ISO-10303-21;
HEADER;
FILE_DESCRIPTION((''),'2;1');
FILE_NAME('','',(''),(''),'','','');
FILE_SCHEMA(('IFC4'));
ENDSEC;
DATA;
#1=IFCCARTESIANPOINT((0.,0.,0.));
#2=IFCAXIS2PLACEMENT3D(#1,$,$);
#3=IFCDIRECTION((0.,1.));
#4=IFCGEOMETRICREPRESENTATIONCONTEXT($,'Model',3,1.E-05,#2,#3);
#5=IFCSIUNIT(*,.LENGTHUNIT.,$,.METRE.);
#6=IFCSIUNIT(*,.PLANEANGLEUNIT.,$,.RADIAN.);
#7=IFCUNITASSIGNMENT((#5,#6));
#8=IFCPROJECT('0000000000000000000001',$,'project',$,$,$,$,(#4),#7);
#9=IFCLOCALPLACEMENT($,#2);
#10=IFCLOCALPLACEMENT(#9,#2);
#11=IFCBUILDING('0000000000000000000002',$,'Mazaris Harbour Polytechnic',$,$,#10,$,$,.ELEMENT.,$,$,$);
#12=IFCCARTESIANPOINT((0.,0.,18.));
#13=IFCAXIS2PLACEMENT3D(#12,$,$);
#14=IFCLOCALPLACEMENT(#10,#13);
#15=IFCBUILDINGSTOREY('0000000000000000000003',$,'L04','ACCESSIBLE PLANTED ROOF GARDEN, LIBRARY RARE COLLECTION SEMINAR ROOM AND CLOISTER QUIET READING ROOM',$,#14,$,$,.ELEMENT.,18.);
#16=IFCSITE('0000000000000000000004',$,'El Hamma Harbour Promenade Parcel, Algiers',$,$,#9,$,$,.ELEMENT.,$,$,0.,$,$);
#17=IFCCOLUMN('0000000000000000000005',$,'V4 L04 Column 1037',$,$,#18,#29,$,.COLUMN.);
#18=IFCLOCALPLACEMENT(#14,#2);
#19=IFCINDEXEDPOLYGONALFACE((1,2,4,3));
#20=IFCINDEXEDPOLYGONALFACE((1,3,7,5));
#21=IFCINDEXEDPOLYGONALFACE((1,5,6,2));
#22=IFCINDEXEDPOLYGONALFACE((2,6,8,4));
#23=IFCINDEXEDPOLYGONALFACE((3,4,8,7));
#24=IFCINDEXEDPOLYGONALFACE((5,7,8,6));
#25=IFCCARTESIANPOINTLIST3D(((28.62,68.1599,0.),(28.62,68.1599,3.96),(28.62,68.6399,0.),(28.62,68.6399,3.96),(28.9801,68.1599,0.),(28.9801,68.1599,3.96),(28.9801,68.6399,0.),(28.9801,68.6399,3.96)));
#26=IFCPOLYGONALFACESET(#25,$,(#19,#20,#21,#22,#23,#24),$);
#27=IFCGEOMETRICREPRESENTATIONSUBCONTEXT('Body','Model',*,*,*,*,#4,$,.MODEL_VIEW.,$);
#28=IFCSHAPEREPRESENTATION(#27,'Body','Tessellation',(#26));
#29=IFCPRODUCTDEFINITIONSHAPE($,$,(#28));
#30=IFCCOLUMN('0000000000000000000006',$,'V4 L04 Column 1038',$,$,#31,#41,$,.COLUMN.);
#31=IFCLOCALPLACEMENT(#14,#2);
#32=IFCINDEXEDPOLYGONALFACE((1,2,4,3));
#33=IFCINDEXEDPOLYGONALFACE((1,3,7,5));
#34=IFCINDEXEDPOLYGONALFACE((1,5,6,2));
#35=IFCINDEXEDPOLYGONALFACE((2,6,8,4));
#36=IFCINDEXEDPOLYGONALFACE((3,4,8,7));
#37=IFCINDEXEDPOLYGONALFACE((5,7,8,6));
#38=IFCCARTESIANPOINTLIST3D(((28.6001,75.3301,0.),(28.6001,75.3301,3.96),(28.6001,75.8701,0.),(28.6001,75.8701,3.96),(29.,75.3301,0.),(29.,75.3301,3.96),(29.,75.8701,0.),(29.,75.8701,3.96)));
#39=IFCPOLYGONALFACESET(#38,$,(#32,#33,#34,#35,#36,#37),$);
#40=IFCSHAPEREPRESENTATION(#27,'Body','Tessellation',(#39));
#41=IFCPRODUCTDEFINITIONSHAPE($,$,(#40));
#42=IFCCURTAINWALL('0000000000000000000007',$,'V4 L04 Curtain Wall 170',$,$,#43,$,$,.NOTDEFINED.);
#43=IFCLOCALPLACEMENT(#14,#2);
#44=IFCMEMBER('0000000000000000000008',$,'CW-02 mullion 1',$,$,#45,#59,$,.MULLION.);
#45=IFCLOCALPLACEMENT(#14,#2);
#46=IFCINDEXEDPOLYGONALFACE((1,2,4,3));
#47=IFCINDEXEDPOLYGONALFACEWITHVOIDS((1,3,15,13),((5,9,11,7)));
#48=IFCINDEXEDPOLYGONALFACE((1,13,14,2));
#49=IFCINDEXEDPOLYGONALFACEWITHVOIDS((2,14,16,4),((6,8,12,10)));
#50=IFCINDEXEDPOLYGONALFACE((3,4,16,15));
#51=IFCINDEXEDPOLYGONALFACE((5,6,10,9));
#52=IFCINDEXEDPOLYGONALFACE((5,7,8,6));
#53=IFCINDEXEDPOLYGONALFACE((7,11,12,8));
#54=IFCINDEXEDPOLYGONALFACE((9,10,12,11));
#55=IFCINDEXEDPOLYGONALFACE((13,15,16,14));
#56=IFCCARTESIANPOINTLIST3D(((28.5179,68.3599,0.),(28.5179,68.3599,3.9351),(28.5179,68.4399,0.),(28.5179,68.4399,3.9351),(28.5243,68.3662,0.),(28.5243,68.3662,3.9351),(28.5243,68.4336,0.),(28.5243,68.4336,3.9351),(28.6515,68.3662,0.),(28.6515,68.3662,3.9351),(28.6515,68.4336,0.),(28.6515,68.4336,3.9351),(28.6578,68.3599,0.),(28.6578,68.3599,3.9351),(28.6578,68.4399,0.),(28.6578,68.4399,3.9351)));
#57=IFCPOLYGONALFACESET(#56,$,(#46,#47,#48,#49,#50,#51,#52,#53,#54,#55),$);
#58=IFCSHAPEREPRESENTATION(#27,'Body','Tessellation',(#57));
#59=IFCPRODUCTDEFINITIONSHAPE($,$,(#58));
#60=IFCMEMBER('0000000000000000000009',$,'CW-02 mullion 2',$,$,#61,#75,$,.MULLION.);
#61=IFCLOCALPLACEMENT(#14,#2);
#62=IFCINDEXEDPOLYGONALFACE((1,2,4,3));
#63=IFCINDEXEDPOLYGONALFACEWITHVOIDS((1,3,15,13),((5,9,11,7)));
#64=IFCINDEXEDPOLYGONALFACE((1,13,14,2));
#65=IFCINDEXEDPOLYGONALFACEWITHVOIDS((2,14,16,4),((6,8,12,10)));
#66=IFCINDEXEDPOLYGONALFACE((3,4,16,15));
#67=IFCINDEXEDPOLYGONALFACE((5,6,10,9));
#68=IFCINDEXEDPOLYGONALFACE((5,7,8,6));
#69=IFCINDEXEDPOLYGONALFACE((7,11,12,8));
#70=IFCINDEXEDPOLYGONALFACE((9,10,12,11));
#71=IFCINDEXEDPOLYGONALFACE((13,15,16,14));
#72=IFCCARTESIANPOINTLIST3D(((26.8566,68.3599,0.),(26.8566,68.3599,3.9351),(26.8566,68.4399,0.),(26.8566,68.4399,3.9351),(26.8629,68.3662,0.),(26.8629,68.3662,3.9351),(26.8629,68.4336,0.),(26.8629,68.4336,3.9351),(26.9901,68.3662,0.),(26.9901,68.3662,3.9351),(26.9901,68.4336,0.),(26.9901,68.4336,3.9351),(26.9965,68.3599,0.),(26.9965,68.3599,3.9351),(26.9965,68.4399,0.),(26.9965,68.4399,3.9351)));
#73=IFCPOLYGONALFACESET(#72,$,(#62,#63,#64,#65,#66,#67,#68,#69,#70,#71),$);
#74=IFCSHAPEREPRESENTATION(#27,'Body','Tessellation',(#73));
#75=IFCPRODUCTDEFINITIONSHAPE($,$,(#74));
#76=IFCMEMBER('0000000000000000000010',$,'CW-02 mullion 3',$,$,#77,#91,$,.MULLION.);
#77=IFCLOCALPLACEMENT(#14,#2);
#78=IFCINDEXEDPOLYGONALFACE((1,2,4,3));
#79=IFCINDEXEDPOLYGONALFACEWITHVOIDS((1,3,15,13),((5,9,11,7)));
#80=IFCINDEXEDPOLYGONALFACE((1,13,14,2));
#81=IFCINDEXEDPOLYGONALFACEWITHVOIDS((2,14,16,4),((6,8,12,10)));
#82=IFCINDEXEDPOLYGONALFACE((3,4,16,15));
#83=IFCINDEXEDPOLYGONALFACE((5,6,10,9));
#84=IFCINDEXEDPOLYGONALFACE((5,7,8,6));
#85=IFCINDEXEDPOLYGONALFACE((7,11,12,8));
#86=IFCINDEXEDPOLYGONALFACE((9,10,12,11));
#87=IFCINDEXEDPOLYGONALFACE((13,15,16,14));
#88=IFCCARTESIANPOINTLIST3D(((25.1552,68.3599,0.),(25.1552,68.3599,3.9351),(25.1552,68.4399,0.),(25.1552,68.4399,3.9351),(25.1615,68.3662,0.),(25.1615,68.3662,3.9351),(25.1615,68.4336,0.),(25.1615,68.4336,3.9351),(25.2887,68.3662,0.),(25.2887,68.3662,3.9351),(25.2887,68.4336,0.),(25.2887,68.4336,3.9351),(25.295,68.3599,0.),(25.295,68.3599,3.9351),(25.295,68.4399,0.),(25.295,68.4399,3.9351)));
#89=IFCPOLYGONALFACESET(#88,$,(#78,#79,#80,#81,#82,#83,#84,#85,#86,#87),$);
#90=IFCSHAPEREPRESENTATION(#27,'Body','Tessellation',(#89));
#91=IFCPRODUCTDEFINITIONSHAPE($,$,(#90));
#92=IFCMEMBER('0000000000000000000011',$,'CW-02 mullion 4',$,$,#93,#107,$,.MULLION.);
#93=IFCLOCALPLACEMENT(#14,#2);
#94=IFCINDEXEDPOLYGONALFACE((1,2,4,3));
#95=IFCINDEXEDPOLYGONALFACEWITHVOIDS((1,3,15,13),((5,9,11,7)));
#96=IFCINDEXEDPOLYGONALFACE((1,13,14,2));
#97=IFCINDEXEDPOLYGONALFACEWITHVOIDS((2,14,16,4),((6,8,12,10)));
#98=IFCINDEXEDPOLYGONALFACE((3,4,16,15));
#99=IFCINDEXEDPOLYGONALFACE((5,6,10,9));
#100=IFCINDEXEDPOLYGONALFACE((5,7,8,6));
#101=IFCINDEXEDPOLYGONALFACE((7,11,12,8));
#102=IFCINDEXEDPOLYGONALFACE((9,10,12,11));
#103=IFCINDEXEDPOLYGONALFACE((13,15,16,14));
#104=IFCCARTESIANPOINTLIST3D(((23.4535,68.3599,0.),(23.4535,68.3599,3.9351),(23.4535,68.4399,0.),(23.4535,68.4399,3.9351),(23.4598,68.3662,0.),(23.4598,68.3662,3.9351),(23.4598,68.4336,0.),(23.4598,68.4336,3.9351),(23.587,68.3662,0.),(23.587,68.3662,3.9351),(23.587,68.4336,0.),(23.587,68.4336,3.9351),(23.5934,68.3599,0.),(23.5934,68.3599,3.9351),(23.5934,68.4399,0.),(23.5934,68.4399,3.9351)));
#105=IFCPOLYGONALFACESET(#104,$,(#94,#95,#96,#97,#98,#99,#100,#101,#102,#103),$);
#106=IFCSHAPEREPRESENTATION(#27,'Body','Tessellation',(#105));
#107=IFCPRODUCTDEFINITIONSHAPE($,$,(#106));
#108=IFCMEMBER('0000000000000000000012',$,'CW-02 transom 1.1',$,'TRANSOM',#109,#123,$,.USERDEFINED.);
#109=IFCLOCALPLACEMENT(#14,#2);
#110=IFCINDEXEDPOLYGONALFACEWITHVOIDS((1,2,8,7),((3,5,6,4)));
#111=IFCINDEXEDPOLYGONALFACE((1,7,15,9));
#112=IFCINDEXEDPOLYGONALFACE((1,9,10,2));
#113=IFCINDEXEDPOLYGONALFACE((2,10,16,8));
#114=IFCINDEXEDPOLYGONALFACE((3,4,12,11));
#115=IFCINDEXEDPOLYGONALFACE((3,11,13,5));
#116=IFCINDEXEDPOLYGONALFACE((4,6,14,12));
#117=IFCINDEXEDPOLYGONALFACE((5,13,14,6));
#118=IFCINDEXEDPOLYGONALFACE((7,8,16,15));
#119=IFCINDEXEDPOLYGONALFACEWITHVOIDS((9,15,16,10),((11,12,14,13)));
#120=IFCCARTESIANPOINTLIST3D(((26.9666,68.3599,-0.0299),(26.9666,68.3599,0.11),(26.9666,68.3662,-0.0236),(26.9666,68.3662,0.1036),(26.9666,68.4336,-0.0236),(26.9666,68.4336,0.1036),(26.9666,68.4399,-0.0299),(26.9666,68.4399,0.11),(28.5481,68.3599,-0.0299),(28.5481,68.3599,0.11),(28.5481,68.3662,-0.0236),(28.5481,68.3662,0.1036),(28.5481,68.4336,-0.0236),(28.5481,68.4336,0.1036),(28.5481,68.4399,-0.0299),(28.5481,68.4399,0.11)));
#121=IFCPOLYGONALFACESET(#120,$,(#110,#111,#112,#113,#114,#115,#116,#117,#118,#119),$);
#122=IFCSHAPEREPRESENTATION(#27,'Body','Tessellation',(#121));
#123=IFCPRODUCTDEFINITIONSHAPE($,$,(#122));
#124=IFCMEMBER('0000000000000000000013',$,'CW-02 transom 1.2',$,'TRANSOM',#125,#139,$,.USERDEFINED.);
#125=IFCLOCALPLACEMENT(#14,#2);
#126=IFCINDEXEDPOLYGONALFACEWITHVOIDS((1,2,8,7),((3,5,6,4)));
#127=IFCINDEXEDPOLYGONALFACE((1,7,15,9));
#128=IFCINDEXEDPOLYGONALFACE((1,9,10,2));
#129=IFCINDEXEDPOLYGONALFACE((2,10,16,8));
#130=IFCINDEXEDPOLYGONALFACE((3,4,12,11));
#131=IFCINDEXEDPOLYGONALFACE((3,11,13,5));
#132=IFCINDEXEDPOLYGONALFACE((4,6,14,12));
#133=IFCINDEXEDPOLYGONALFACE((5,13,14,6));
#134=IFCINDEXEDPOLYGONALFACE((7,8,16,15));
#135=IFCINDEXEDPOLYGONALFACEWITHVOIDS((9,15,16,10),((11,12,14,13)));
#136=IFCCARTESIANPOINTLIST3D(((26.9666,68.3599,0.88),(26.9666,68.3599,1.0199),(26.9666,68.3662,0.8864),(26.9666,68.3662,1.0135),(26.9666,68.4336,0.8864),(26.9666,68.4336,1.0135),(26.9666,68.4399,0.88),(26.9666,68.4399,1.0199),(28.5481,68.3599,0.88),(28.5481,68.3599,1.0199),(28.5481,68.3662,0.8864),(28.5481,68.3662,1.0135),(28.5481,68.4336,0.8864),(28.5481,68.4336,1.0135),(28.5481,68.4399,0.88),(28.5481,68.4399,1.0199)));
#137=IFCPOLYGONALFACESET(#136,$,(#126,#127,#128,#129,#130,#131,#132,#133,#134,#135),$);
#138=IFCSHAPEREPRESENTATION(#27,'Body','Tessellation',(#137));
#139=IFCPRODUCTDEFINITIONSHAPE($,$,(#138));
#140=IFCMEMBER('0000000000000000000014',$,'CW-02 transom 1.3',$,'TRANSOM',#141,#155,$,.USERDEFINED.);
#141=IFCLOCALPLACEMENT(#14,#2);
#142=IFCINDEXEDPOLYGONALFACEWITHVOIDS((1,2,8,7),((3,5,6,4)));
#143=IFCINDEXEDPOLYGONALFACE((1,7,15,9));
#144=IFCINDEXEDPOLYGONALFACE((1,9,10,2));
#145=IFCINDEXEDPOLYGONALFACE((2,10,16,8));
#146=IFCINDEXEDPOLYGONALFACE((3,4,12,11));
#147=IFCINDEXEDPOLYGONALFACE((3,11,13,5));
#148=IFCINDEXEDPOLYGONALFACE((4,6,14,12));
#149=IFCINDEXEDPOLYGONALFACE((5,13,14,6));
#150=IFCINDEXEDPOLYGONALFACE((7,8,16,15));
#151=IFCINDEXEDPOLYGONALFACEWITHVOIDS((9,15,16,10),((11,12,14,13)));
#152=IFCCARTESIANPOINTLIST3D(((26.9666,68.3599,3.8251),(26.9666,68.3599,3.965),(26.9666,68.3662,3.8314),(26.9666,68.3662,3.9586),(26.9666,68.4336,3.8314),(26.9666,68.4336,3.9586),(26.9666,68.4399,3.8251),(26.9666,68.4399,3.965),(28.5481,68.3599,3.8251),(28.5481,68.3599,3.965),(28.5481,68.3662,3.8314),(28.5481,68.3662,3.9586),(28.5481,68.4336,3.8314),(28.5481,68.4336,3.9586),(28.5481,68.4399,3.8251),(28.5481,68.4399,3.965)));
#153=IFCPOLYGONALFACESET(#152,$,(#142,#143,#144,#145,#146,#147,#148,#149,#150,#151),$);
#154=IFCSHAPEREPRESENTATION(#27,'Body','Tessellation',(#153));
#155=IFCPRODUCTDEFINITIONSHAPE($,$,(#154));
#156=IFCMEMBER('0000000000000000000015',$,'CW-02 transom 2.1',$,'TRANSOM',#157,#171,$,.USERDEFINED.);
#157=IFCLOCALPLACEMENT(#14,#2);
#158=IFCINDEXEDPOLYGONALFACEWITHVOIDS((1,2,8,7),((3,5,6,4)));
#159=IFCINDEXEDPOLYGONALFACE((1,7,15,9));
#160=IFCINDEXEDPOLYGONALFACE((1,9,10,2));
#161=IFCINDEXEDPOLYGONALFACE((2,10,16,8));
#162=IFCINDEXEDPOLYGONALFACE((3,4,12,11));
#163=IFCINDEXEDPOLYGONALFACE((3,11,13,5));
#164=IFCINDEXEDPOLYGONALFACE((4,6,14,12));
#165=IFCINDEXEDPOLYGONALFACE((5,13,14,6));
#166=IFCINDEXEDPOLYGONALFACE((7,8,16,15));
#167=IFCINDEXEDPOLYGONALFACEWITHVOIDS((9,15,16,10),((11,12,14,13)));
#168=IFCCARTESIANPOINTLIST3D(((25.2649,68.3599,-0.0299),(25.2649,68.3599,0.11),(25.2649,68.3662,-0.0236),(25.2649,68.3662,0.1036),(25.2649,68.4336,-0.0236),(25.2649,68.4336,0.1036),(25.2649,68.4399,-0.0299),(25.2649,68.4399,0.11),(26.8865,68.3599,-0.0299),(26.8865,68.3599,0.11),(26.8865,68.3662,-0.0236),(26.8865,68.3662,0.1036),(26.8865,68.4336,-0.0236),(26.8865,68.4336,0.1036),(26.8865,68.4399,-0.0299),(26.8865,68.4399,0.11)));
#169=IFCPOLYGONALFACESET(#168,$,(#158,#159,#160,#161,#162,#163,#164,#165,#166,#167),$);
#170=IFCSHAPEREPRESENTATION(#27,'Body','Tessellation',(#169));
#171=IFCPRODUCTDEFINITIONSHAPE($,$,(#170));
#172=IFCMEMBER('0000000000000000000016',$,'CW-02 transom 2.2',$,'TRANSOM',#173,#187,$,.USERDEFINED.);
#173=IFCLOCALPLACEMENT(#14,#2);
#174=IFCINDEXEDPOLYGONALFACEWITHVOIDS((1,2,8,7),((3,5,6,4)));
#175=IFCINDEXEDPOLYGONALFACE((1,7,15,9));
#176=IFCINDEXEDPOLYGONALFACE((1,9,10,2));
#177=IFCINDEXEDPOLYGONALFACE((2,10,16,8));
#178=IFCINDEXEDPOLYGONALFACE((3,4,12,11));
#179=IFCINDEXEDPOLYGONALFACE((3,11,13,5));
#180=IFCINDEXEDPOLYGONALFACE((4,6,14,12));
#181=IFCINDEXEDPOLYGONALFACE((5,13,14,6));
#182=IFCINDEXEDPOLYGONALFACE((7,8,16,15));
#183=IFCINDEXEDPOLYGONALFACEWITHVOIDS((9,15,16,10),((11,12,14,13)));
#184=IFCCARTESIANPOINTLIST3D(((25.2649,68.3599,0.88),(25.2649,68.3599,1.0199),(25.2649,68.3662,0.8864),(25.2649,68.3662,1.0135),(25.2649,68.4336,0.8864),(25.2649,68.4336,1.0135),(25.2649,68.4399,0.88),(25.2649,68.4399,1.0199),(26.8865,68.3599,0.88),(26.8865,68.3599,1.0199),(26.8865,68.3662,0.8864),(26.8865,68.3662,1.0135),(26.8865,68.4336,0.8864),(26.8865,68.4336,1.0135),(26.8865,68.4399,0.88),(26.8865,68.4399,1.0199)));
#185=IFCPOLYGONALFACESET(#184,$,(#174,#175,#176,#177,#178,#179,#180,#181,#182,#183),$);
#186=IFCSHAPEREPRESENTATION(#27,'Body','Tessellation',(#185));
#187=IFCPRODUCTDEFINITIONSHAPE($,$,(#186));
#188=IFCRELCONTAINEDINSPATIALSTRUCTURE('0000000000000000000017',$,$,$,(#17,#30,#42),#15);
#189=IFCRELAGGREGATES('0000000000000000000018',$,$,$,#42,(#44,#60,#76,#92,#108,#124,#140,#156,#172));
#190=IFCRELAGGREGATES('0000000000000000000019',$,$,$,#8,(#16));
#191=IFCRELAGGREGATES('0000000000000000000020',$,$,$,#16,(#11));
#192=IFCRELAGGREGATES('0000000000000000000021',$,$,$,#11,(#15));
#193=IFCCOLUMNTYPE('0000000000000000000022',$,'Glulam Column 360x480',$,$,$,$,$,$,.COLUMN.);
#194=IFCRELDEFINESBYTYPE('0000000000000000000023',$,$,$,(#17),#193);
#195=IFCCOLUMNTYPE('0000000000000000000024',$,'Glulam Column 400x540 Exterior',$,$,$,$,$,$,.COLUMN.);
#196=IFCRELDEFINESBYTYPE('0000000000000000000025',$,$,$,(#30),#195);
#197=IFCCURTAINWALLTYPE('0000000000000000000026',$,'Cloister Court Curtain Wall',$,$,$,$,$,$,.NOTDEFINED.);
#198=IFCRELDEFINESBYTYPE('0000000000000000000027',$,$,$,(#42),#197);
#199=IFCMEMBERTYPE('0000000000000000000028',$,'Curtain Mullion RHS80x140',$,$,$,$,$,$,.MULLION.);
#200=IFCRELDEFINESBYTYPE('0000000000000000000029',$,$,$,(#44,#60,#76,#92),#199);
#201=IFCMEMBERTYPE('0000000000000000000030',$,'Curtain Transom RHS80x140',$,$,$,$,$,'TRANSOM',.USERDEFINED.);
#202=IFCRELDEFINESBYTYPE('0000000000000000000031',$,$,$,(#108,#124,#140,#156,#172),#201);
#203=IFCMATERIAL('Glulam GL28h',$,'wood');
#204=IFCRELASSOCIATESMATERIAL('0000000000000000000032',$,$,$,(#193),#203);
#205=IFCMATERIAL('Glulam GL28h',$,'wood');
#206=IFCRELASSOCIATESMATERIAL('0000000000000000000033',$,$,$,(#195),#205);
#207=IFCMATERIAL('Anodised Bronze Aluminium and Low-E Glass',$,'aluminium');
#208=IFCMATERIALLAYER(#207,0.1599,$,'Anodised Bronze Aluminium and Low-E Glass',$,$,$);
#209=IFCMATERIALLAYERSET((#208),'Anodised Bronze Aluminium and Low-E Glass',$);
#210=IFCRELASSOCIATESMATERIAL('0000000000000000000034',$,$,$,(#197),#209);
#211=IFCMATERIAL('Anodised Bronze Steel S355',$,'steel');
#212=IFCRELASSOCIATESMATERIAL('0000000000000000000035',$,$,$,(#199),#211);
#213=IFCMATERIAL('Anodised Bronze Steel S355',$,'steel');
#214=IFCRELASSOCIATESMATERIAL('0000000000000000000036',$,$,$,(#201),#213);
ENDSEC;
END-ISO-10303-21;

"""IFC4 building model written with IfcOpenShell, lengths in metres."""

from ifc_helpers import new_model, si_unit, direction, frame, origin, origin_2d, place, context, subcontext, project, spatial, rectangle, hollow_rectangle, extrude, material, layer, layer_set, material_profile, profile_set, type_object, element, aggregate, save


model = new_model("IFC4")

# Units and contexts
model_context = context("Model", 3, precision=1e-05, world=origin(), true_north=direction((0.0, 1.0)))
body_context = subcontext(model_context, "Body", "Model", "MODEL_VIEW")
ifc_project = project(units=[si_unit("LENGTHUNIT", "METRE"), si_unit("PLANEANGLEUNIT", "RADIAN")], contexts=[model_context])

# Site, building, storey
site_placement = place(None, origin())
site = spatial("IfcSite", under=ifc_project, at=site_placement, Name="El Hamma Harbour Promenade Parcel, Algiers", CompositionType="ELEMENT", RefElevation=0.0)
building_placement = place(site_placement, origin())
building = spatial("IfcBuilding", under=site, at=building_placement, Name="Mazaris Harbour Polytechnic", CompositionType="ELEMENT")
storey_placement = place(building_placement, frame((0.0, 0.0, 18.0)))
storey = spatial("IfcBuildingStorey", under=building, at=storey_placement, Name="L04", Description="ACCESSIBLE PLANTED ROOF GARDEN, LIBRARY RARE COLLECTION SEMINAR ROOM AND CLOISTER QUIET READING ROOM", CompositionType="ELEMENT", Elevation=18.0)

# Columns
ifc_material_1 = material(Name="Glulam GL28h", Category="wood")
ifc_material_profile_1 = material_profile(ifc_material_1, rectangle(XDim=0.3601, YDim=0.48, at=origin_2d()), Name="RECT360x480")
ifc_profile_set_1 = profile_set([ifc_material_profile_1], Name="Glulam GL28h")
column_type_1 = type_object("IfcColumnType", Name="Glulam Column 360x480", PredefinedType="COLUMN", material=ifc_profile_set_1)
column_1_placement = place(storey_placement, frame((28.8, 68.3999, 0.0), z_axis=(0.0, 0.0, 1.0), x_axis=(1.0, 0.0, 0.0)))
element("IfcColumn", 1, at=column_1_placement, inside=storey, type_object=column_type_1, Name="V4 L04 Column 1037", PredefinedType="COLUMN", context=body_context, shape_type="SweptSolid", body=[
    extrude(rectangle(XDim=0.3601, YDim=0.48, at=origin_2d()), origin(), (0.0, 0.0, 1.0), 3.96),
])
ifc_material_2 = material(Name="Glulam GL28h", Category="wood")
ifc_material_profile_2 = material_profile(ifc_material_2, rectangle(XDim=0.3999, YDim=0.54, at=origin_2d()), Name="RECT400x540")
ifc_profile_set_2 = profile_set([ifc_material_profile_2], Name="Glulam GL28h")
column_type_2 = type_object("IfcColumnType", Name="Glulam Column 400x540 Exterior", PredefinedType="COLUMN", material=ifc_profile_set_2)
column_2_placement = place(storey_placement, frame((28.8, 75.6001, 0.0), z_axis=(0.0, 0.0, 1.0), x_axis=(1.0, 0.0, 0.0)))
element("IfcColumn", 2, at=column_2_placement, inside=storey, type_object=column_type_2, Name="V4 L04 Column 1038", PredefinedType="COLUMN", context=body_context, shape_type="SweptSolid", body=[
    extrude(rectangle(XDim=0.3999, YDim=0.54, at=origin_2d()), origin(), (0.0, 0.0, 1.0), 3.96),
])

# Curtain wall, members
ifc_material_3 = material(Name="Anodised Bronze Aluminium and Low-E Glass", Category="aluminium")
ifc_layer_1 = layer(ifc_material_3, 0.1599, Name="Anodised Bronze Aluminium and Low-E Glass")
ifc_layer_set_1 = layer_set([ifc_layer_1], Name="Anodised Bronze Aluminium and Low-E Glass")
curtain_wall_type = type_object("IfcCurtainWallType", Name="Cloister Court Curtain Wall", PredefinedType="NOTDEFINED", material=ifc_layer_set_1)
curtain_wall_placement = place(storey_placement, origin())
curtain_wall = element("IfcCurtainWall", 3, at=curtain_wall_placement, inside=storey, type_object=curtain_wall_type, Name="V4 L04 Curtain Wall 170", PredefinedType="NOTDEFINED")
ifc_material_4 = material(Name="Anodised Bronze Steel S355", Category="steel")
ifc_material_profile_3 = material_profile(ifc_material_4, hollow_rectangle(XDim=0.0801, YDim=0.1399, WallThickness=0.0063, at=origin_2d()), Name="RHS 80x140x6.3")
ifc_profile_set_3 = profile_set([ifc_material_profile_3], Name="Anodised Bronze Steel S355")
member_type_1 = type_object("IfcMemberType", Name="Curtain Mullion RHS80x140", PredefinedType="MULLION", material=ifc_profile_set_3)
member_1_placement = place(storey_placement, frame((28.5879, 68.3999, 0.0), z_axis=(0.0, 0.0, 1.0), x_axis=(0.0, -1.0, 0.0)))
member_1 = element("IfcMember", 4, at=member_1_placement, type_object=member_type_1, Name="CW-02 mullion 1", PredefinedType="MULLION", context=body_context, shape_type="SweptSolid", body=[
    extrude(hollow_rectangle(XDim=0.0801, YDim=0.1399, WallThickness=0.0063, at=origin_2d()), origin(), (0.0, 0.0, 1.0), 3.9351),
])
member_2_placement = place(storey_placement, frame((26.9265, 68.3999, 0.0), z_axis=(0.0, 0.0, 1.0), x_axis=(0.0, -1.0, 0.0)))
member_2 = element("IfcMember", 5, at=member_2_placement, type_object=member_type_1, Name="CW-02 mullion 2", PredefinedType="MULLION", context=body_context, shape_type="SweptSolid", body=[
    extrude(hollow_rectangle(XDim=0.0801, YDim=0.1399, WallThickness=0.0063, at=origin_2d()), origin(), (0.0, 0.0, 1.0), 3.9351),
])
member_3_placement = place(storey_placement, frame((25.2251, 68.3999, 0.0), z_axis=(0.0, 0.0, 1.0), x_axis=(0.0, -1.0, 0.0)))
member_3 = element("IfcMember", 6, at=member_3_placement, type_object=member_type_1, Name="CW-02 mullion 3", PredefinedType="MULLION", context=body_context, shape_type="SweptSolid", body=[
    extrude(hollow_rectangle(XDim=0.0801, YDim=0.1399, WallThickness=0.0063, at=origin_2d()), origin(), (0.0, 0.0, 1.0), 3.9351),
])
member_4_placement = place(storey_placement, frame((23.5234, 68.3999, 0.0), z_axis=(0.0, 0.0, 1.0), x_axis=(0.0, -1.0, 0.0)))
member_4 = element("IfcMember", 7, at=member_4_placement, type_object=member_type_1, Name="CW-02 mullion 4", PredefinedType="MULLION", context=body_context, shape_type="SweptSolid", body=[
    extrude(hollow_rectangle(XDim=0.0801, YDim=0.1399, WallThickness=0.0063, at=origin_2d()), origin(), (0.0, 0.0, 1.0), 3.9351),
])
ifc_material_5 = material(Name="Anodised Bronze Steel S355", Category="steel")
ifc_material_profile_4 = material_profile(ifc_material_5, hollow_rectangle(XDim=0.0801, YDim=0.1399, WallThickness=0.0063, at=origin_2d()), Name="RHS 80x140x6.3")
ifc_profile_set_4 = profile_set([ifc_material_profile_4], Name="Anodised Bronze Steel S355")
member_type_2 = type_object("IfcMemberType", Name="Curtain Transom RHS80x140", ElementType="TRANSOM", PredefinedType="USERDEFINED", material=ifc_profile_set_4)
member_5_placement = place(storey_placement, frame((28.5481, 68.3999, 0.04), z_axis=(-1.0, 0.0, 0.0), x_axis=(0.0, -1.0, 0.0)))
member_5 = element("IfcMember", 8, at=member_5_placement, type_object=member_type_2, Name="CW-02 transom 1.1", ObjectType="TRANSOM", PredefinedType="USERDEFINED", context=body_context, shape_type="SweptSolid", body=[
    extrude(hollow_rectangle(XDim=0.0801, YDim=0.1399, WallThickness=0.0063, at=origin_2d()), origin(), (0.0, 0.0, 1.0), 1.5815),
])
member_6_placement = place(storey_placement, frame((28.5481, 68.3999, 0.95), z_axis=(-1.0, 0.0, 0.0), x_axis=(0.0, -1.0, 0.0)))
member_6 = element("IfcMember", 9, at=member_6_placement, type_object=member_type_2, Name="CW-02 transom 1.2", ObjectType="TRANSOM", PredefinedType="USERDEFINED", context=body_context, shape_type="SweptSolid", body=[
    extrude(hollow_rectangle(XDim=0.0801, YDim=0.1399, WallThickness=0.0063, at=origin_2d()), origin(), (0.0, 0.0, 1.0), 1.5815),
])
member_7_placement = place(storey_placement, frame((28.5481, 68.3999, 3.895), z_axis=(-1.0, 0.0, 0.0), x_axis=(0.0, -1.0, 0.0)))
member_7 = element("IfcMember", 10, at=member_7_placement, type_object=member_type_2, Name="CW-02 transom 1.3", ObjectType="TRANSOM", PredefinedType="USERDEFINED", context=body_context, shape_type="SweptSolid", body=[
    extrude(hollow_rectangle(XDim=0.0801, YDim=0.1399, WallThickness=0.0063, at=origin_2d()), origin(), (0.0, 0.0, 1.0), 1.5815),
])
member_8_placement = place(storey_placement, frame((26.8865, 68.3999, 0.04), z_axis=(-1.0, 0.0, 0.0), x_axis=(0.0, -1.0, 0.0)))
member_8 = element("IfcMember", 11, at=member_8_placement, type_object=member_type_2, Name="CW-02 transom 2.1", ObjectType="TRANSOM", PredefinedType="USERDEFINED", context=body_context, shape_type="SweptSolid", body=[
    extrude(hollow_rectangle(XDim=0.0801, YDim=0.1399, WallThickness=0.0063, at=origin_2d()), origin(), (0.0, 0.0, 1.0), 1.6216),
])
member_9_placement = place(storey_placement, frame((26.8865, 68.3999, 0.95), z_axis=(-1.0, 0.0, 0.0), x_axis=(0.0, -1.0, 0.0)))
member_9 = element("IfcMember", 12, at=member_9_placement, type_object=member_type_2, Name="CW-02 transom 2.2", ObjectType="TRANSOM", PredefinedType="USERDEFINED", context=body_context, shape_type="SweptSolid", body=[
    extrude(hollow_rectangle(XDim=0.0801, YDim=0.1399, WallThickness=0.0063, at=origin_2d()), origin(), (0.0, 0.0, 1.0), 1.6216),
])
aggregate(curtain_wall, [member_1, member_2, member_3, member_4, member_5, member_6, member_7, member_8, member_9])

save(model, "model.ifc")
